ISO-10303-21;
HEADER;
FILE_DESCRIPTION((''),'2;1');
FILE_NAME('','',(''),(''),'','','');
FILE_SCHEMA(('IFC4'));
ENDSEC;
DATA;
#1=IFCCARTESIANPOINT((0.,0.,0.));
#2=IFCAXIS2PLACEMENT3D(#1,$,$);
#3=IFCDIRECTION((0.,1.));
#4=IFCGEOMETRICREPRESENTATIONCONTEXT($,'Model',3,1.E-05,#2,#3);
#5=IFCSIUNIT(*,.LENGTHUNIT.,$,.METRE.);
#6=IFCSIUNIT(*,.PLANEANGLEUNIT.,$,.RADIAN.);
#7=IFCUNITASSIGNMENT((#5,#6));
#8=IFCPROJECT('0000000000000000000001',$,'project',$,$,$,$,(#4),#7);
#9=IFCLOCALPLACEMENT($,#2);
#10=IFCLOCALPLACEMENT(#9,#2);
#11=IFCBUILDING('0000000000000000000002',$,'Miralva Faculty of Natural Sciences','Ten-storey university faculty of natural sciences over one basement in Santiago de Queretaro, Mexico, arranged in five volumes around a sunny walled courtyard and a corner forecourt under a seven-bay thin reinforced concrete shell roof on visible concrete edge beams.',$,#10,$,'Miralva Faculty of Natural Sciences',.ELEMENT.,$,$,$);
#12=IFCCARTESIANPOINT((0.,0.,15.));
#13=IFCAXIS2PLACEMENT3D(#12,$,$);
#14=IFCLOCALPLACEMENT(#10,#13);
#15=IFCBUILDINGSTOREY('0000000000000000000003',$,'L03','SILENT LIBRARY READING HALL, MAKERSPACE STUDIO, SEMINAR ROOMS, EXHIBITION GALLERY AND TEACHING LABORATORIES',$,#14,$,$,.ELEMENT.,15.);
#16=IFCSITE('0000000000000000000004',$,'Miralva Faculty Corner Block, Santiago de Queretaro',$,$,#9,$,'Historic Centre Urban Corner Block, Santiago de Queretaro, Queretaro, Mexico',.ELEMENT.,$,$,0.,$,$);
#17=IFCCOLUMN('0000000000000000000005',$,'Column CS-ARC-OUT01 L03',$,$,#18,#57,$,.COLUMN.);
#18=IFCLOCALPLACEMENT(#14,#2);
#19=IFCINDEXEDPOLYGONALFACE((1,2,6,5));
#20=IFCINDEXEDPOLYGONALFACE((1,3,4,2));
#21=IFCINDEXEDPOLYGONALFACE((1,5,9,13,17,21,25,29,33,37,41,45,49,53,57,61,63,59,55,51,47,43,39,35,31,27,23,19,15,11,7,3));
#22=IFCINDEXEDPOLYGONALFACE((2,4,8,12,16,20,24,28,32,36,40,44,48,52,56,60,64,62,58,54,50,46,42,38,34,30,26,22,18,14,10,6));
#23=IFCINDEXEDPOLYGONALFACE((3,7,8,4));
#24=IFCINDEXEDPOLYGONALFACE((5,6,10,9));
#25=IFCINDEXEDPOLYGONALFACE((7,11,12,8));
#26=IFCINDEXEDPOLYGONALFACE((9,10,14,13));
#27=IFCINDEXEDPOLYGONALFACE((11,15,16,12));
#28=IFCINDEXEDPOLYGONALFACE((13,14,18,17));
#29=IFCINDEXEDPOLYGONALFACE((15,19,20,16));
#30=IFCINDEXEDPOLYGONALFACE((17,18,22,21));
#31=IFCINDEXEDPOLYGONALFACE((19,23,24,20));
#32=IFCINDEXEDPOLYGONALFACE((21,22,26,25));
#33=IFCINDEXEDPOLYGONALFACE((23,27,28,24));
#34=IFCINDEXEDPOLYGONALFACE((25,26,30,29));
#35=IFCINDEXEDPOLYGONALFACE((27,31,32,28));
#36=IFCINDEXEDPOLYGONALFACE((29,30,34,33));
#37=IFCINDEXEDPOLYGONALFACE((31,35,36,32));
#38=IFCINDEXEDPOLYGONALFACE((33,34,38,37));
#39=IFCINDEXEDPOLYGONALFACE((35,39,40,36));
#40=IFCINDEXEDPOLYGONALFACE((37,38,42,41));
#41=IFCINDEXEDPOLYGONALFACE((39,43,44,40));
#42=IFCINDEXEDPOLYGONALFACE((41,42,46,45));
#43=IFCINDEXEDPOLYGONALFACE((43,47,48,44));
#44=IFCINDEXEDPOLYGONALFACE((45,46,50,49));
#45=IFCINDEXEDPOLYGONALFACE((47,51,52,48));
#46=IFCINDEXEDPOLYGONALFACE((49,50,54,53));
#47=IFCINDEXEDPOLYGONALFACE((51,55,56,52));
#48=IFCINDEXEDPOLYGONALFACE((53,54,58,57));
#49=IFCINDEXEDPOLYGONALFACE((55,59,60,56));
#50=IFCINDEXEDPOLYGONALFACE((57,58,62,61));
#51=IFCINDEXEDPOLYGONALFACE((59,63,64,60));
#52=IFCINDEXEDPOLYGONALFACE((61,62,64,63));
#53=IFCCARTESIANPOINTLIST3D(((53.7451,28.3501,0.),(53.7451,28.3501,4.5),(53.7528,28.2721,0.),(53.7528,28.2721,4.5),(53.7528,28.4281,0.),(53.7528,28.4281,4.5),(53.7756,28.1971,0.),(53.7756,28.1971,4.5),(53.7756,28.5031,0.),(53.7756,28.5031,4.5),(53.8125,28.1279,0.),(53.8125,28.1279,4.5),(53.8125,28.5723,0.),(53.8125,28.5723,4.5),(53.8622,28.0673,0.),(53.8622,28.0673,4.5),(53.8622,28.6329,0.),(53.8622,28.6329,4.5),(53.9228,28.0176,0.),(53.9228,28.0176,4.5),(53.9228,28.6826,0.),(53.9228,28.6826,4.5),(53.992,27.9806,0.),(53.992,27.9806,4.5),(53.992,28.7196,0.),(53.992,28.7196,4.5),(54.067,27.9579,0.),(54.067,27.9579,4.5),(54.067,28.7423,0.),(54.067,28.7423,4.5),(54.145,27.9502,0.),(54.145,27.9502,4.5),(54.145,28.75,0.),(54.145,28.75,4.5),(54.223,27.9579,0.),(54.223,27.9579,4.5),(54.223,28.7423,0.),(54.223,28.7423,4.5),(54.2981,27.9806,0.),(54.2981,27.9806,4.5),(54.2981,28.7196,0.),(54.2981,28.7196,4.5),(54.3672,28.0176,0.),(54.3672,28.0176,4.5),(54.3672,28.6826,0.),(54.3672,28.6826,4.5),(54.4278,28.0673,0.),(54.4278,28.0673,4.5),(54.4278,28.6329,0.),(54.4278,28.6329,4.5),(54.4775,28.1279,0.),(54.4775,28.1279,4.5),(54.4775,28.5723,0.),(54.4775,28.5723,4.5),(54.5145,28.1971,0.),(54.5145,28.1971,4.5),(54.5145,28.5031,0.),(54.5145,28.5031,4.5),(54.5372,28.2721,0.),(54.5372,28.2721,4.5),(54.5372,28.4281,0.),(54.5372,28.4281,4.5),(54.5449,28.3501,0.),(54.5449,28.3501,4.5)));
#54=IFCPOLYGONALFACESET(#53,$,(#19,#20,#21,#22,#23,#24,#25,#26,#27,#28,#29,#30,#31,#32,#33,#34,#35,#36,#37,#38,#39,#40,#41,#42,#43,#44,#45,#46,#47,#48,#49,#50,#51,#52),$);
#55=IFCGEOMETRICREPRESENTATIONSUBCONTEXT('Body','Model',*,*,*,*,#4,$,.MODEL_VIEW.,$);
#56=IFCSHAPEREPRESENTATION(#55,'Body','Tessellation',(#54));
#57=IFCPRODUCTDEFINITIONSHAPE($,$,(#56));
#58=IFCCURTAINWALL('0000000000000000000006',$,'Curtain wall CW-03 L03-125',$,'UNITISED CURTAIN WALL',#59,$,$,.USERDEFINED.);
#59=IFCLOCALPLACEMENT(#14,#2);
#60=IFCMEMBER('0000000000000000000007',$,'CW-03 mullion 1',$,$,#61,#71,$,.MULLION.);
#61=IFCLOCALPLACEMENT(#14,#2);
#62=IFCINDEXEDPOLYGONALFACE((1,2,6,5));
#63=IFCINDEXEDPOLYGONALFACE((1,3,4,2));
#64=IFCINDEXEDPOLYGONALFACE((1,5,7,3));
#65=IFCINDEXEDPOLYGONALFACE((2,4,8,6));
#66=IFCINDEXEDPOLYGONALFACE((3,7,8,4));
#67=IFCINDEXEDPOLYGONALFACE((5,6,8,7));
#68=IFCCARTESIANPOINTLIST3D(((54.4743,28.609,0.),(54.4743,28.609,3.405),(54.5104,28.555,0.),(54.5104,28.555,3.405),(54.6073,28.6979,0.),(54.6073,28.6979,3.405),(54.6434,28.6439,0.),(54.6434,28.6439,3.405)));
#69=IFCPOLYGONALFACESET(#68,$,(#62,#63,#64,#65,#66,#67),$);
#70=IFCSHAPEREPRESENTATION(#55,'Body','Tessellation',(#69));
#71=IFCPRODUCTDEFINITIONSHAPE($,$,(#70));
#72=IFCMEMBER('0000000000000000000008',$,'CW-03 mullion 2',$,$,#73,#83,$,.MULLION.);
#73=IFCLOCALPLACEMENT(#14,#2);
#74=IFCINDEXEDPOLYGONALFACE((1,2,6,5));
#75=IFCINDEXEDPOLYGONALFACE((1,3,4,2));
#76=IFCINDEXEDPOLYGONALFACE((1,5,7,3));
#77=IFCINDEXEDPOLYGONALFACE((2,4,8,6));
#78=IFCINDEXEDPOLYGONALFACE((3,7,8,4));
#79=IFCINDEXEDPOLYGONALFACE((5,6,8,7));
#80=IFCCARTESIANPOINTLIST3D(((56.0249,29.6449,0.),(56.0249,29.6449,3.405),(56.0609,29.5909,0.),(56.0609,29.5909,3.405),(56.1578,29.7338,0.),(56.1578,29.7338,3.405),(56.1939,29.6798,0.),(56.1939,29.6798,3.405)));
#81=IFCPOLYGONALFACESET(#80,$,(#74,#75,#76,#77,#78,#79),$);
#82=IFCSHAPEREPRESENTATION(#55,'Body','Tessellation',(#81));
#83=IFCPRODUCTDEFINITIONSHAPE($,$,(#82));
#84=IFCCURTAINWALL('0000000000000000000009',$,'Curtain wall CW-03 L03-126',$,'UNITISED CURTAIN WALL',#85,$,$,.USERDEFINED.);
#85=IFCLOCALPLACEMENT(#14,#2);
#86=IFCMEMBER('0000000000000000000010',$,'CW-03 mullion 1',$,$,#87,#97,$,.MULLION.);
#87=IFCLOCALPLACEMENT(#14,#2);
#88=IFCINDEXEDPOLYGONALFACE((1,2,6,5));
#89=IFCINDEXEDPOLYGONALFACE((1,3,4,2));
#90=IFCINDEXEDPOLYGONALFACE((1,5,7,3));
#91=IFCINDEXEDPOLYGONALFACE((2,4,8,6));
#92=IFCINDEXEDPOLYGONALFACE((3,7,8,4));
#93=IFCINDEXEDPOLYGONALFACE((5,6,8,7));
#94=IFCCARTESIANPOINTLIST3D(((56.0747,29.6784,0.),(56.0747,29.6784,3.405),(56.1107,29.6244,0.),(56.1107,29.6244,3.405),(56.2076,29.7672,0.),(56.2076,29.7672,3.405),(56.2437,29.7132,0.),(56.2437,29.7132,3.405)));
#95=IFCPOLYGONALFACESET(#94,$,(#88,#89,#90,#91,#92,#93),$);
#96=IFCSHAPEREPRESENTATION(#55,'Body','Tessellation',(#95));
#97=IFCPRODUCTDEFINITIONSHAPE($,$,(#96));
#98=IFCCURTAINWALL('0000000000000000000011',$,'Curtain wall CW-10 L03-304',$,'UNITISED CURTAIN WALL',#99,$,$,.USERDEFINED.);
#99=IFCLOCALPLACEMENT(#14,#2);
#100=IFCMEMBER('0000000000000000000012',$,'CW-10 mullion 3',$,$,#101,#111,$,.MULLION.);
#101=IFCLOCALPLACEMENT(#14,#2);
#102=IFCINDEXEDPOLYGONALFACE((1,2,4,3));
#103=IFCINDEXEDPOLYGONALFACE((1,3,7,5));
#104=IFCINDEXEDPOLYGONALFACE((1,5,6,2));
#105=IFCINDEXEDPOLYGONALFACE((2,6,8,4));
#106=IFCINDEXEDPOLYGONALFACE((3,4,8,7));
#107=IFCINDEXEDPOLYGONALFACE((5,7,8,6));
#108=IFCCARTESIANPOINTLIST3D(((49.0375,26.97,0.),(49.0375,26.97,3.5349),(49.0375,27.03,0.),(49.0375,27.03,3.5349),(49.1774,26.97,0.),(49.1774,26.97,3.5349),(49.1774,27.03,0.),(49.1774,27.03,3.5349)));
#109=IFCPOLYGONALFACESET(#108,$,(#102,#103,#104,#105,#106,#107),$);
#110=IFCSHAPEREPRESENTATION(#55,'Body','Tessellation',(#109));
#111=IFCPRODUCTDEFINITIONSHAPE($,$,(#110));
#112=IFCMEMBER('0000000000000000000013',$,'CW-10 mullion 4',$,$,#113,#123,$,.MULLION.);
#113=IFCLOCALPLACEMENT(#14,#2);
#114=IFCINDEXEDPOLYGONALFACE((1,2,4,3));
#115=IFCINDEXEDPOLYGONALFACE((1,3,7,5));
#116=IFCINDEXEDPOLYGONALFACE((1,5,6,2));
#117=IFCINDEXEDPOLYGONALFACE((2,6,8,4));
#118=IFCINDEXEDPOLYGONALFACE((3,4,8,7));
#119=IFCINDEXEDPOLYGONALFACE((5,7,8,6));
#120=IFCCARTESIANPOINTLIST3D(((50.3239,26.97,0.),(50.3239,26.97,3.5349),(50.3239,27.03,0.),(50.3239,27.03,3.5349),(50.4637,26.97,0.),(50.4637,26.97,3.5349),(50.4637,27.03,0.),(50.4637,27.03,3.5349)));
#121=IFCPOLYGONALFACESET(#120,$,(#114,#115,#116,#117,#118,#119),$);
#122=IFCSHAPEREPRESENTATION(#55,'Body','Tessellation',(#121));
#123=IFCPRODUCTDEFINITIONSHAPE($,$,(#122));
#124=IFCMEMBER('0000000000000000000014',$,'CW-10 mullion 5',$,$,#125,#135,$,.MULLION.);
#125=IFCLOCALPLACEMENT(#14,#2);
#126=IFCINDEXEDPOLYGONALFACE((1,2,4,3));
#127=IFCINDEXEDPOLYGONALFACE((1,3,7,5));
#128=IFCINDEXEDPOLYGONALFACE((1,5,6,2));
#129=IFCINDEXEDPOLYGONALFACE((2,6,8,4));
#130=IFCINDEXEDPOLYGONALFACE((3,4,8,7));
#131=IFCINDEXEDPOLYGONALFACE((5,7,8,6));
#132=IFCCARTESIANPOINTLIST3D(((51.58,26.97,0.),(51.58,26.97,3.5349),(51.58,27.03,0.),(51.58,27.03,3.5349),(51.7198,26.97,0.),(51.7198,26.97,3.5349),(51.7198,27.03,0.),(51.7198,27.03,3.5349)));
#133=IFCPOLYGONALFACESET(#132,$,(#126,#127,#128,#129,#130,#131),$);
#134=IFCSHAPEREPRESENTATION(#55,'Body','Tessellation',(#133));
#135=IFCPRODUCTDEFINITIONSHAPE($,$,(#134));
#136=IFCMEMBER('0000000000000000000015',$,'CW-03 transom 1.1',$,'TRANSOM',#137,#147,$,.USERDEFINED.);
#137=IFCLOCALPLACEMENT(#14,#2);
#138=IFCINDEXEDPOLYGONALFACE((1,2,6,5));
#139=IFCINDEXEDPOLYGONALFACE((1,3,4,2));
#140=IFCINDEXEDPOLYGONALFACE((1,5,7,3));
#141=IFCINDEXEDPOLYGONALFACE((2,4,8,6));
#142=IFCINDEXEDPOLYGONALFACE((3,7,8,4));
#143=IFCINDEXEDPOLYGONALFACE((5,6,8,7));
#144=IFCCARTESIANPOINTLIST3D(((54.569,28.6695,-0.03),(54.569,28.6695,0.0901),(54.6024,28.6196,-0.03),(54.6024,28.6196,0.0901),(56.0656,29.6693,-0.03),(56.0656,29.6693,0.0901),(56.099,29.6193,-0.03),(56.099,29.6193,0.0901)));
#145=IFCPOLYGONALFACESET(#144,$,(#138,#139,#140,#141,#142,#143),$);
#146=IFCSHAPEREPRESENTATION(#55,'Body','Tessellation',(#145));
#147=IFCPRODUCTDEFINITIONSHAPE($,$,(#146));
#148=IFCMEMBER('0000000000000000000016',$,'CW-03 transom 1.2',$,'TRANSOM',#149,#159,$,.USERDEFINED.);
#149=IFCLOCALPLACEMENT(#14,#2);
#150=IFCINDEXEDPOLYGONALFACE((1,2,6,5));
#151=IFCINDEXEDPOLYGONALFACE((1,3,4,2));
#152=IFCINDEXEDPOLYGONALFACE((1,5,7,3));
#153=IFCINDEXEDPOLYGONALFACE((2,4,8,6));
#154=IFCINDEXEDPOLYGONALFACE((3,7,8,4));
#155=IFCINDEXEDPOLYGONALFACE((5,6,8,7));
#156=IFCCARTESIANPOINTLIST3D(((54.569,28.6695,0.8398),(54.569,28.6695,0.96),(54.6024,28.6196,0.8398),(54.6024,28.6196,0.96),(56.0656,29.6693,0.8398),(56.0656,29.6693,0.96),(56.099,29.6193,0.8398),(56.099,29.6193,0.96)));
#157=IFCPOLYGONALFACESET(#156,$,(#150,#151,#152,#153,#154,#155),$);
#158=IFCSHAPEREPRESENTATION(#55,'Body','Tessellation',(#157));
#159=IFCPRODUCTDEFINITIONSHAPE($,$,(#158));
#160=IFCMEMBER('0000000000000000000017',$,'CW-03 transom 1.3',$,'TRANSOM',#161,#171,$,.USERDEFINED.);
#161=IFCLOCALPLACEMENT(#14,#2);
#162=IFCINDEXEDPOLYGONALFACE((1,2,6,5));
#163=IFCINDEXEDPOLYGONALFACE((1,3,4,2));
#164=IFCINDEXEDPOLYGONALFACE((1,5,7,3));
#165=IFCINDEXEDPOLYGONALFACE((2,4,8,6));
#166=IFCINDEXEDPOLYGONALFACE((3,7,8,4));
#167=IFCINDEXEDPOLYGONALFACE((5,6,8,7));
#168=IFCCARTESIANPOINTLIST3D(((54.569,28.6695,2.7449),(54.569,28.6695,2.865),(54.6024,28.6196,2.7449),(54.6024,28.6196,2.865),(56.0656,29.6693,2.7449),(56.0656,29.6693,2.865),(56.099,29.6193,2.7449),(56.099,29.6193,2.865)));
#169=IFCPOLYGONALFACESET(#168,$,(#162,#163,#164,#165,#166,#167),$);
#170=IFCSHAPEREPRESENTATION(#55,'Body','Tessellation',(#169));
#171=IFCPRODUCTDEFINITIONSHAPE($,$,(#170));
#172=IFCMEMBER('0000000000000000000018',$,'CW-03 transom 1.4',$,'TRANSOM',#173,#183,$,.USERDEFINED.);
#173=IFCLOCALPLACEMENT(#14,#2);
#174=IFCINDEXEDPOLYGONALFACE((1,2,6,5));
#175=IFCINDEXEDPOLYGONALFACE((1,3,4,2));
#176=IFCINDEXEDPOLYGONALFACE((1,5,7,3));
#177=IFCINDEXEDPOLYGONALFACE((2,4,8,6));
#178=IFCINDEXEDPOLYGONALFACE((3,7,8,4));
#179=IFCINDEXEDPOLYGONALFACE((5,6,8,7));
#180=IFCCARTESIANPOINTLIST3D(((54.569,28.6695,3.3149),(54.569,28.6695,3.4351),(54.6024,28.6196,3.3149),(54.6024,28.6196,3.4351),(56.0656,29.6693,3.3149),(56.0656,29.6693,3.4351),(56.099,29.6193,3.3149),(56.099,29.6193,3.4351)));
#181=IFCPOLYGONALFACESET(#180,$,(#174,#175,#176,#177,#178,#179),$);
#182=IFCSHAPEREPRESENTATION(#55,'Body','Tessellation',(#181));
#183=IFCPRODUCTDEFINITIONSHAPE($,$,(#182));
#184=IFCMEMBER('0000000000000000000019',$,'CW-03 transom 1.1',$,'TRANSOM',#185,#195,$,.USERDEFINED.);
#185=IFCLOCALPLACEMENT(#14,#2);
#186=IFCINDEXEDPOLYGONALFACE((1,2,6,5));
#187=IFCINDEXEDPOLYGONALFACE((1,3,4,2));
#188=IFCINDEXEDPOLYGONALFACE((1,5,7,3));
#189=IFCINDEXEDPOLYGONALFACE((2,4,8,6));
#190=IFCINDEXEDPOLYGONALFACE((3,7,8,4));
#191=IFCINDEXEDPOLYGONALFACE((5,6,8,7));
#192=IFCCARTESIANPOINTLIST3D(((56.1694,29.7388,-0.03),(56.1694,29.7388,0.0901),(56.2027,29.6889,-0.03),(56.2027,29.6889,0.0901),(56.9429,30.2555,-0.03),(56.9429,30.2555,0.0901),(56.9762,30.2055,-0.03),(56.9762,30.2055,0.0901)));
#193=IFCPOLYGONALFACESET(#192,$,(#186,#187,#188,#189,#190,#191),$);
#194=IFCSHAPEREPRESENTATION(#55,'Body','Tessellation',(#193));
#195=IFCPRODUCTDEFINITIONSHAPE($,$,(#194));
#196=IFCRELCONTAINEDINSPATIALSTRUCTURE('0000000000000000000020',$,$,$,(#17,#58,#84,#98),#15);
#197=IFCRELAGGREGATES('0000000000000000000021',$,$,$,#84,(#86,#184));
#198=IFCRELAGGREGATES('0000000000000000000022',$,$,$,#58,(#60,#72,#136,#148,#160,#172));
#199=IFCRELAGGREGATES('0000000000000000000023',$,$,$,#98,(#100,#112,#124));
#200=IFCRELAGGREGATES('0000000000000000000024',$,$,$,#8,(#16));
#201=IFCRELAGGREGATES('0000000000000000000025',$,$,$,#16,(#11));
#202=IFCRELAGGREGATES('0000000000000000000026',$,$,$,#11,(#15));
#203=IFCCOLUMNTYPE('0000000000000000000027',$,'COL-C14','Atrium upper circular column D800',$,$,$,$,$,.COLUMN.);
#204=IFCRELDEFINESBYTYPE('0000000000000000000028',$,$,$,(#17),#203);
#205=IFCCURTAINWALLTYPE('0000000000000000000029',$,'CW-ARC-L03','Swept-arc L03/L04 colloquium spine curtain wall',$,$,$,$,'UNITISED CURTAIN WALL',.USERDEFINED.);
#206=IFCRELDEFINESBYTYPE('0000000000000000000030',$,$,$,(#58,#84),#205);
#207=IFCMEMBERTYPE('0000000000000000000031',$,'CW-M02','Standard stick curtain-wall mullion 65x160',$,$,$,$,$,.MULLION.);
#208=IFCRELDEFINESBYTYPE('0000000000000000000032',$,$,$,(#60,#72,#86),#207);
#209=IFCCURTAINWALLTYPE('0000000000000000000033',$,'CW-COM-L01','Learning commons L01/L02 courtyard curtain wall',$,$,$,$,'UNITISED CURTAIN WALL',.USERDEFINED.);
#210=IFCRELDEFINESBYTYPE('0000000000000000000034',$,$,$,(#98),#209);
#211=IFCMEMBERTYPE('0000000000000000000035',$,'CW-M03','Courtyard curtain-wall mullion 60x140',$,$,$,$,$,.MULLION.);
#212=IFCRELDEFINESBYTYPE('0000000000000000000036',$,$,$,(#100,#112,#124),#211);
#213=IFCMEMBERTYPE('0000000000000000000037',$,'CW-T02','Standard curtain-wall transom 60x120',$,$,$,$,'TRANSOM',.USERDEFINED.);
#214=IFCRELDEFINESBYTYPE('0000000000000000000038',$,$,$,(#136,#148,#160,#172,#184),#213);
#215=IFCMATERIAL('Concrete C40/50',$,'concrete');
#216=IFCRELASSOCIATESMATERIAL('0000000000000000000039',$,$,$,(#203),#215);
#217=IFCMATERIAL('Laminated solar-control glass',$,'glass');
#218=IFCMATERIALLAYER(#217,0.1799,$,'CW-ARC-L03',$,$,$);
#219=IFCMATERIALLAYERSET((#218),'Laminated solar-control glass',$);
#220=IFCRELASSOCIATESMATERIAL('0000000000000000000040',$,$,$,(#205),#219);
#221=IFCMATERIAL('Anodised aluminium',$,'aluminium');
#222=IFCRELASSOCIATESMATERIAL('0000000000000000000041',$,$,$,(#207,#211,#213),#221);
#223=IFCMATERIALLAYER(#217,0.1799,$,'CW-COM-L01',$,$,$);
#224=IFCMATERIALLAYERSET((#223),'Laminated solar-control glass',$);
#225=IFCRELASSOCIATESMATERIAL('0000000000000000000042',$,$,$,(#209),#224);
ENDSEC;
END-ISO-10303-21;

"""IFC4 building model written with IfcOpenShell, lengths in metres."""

from ifc_helpers import new_model, si_unit, direction, frame, origin, origin_2d, place, context, subcontext, project, spatial, rectangle, circle, extrude, material, layer, layer_set, material_profile, profile_set, type_object, element, aggregate, save


model = new_model("IFC4")

# Units and contexts
model_context = context("Model", 3, precision=1e-05, world=origin(), true_north=direction((0.0, 1.0)))
body_context = subcontext(model_context, "Body", "Model", "MODEL_VIEW")
ifc_project = project(units=[si_unit("LENGTHUNIT", "METRE"), si_unit("PLANEANGLEUNIT", "RADIAN")], contexts=[model_context])

# Site, building, storey
site_placement = place(None, origin())
site = spatial("IfcSite", under=ifc_project, at=site_placement, Name="Miralva Faculty Corner Block, Santiago de Queretaro", LongName="Historic Centre Urban Corner Block, Santiago de Queretaro, Queretaro, Mexico", CompositionType="ELEMENT", RefElevation=0.0)
building_placement = place(site_placement, origin())
building = spatial("IfcBuilding", under=site, at=building_placement, Name="Miralva Faculty of Natural Sciences", Description="Ten-storey university faculty of natural sciences over one basement in Santiago de Queretaro, Mexico, arranged in five volumes around a sunny walled courtyard and a corner forecourt under a seven-bay thin reinforced concrete shell roof on visible concrete edge beams.", LongName="Miralva Faculty of Natural Sciences", CompositionType="ELEMENT")
storey_placement = place(building_placement, frame((0.0, 0.0, 15.0)))
storey = spatial("IfcBuildingStorey", under=building, at=storey_placement, Name="L03", Description="SILENT LIBRARY READING HALL, MAKERSPACE STUDIO, SEMINAR ROOMS, EXHIBITION GALLERY AND TEACHING LABORATORIES", CompositionType="ELEMENT", Elevation=15.0)

# Column
ifc_material_1 = material(Name="Concrete C40/50", Category="concrete")
ifc_material_profile_1 = material_profile(ifc_material_1, circle(Radius=0.3999, at=origin_2d()), Name="RC DIA 800")
ifc_profile_set_1 = profile_set([ifc_material_profile_1], Name="Concrete C40/50")
column_type = type_object("IfcColumnType", Name="COL-C14", Description="Atrium upper circular column D800", PredefinedType="COLUMN", material=ifc_profile_set_1)
column_placement = place(storey_placement, frame((54.145, 28.3501, 0.0), z_axis=(0.0, 0.0, 1.0), x_axis=(1.0, 0.0, 0.0)))
element("IfcColumn", 1, at=column_placement, inside=storey, type_object=column_type, Name="Column CS-ARC-OUT01 L03", PredefinedType="COLUMN", context=body_context, shape_type="SweptSolid", body=[
    extrude(circle(Radius=0.3999, at=origin_2d()), origin(), (0.0, 0.0, 1.0), 4.5),
])

# Curtain wall, members
ifc_material_2 = material(Name="Laminated solar-control glass", Category="glass")
ifc_layer_1 = layer(ifc_material_2, 0.1799, Name="CW-ARC-L03")
ifc_layer_set_1 = layer_set([ifc_layer_1], Name="Laminated solar-control glass")
curtain_wall_type_1 = type_object("IfcCurtainWallType", Name="CW-ARC-L03", Description="Swept-arc L03/L04 colloquium spine curtain wall", ElementType="UNITISED CURTAIN WALL", PredefinedType="USERDEFINED", material=ifc_layer_set_1)
curtain_wall_1_placement = place(storey_placement, origin())
curtain_wall_1 = element("IfcCurtainWall", 2, at=curtain_wall_1_placement, inside=storey, type_object=curtain_wall_type_1, Name="Curtain wall CW-03 L03-125", ObjectType="UNITISED CURTAIN WALL", PredefinedType="USERDEFINED")
ifc_material_3 = material(Name="Anodised aluminium", Category="aluminium")
ifc_material_profile_2 = material_profile(ifc_material_3, rectangle(XDim=0.0649, YDim=0.1599, at=origin_2d()), Name="MULLION 65x160")
ifc_profile_set_2 = profile_set([ifc_material_profile_2], Name="Anodised aluminium")
member_type_1 = type_object("IfcMemberType", Name="CW-M02", Description="Standard stick curtain-wall mullion 65x160", PredefinedType="MULLION", material=ifc_profile_set_2)
member_1_placement = place(storey_placement, frame((54.5588, 28.6265, 0.0), z_axis=(0.0, 0.0, 1.0), x_axis=(-0.555549, 0.831484, 0.0)))
member_1 = element("IfcMember", 3, at=member_1_placement, type_object=member_type_1, Name="CW-03 mullion 1", PredefinedType="MULLION", context=body_context, shape_type="SweptSolid", body=[
    extrude(rectangle(XDim=0.0649, YDim=0.1599, at=origin_2d()), origin(), (0.0, 0.0, 1.0), 3.405),
])
member_2_placement = place(storey_placement, frame((56.1094, 29.6624, 0.0), z_axis=(0.0, 0.0, 1.0), x_axis=(-0.555549, 0.831484, 0.0)))
member_2 = element("IfcMember", 4, at=member_2_placement, type_object=member_type_1, Name="CW-03 mullion 2", PredefinedType="MULLION", context=body_context, shape_type="SweptSolid", body=[
    extrude(rectangle(XDim=0.0649, YDim=0.1599, at=origin_2d()), origin(), (0.0, 0.0, 1.0), 3.405),
])

# Curtain wall, member
curtain_wall_2_placement = place(storey_placement, origin())
curtain_wall_2 = element("IfcCurtainWall", 5, at=curtain_wall_2_placement, inside=storey, type_object=curtain_wall_type_1, Name="Curtain wall CW-03 L03-126", ObjectType="UNITISED CURTAIN WALL", PredefinedType="USERDEFINED")
member_3_placement = place(storey_placement, frame((56.1592, 29.6958, 0.0), z_axis=(0.0, 0.0, 1.0), x_axis=(-0.555587, 0.831458, 0.0)))
member_3 = element("IfcMember", 6, at=member_3_placement, type_object=member_type_1, Name="CW-03 mullion 1", PredefinedType="MULLION", context=body_context, shape_type="SweptSolid", body=[
    extrude(rectangle(XDim=0.0649, YDim=0.1599, at=origin_2d()), origin(), (0.0, 0.0, 1.0), 3.405),
])

# Curtain wall, members
ifc_layer_2 = layer(ifc_material_2, 0.1799, Name="CW-COM-L01")
ifc_layer_set_2 = layer_set([ifc_layer_2], Name="Laminated solar-control glass")
curtain_wall_type_2 = type_object("IfcCurtainWallType", Name="CW-COM-L01", Description="Learning commons L01/L02 courtyard curtain wall", ElementType="UNITISED CURTAIN WALL", PredefinedType="USERDEFINED", material=ifc_layer_set_2)
curtain_wall_3_placement = place(storey_placement, origin())
curtain_wall_3 = element("IfcCurtainWall", 7, at=curtain_wall_3_placement, inside=storey, type_object=curtain_wall_type_2, Name="Curtain wall CW-10 L03-304", ObjectType="UNITISED CURTAIN WALL", PredefinedType="USERDEFINED")
ifc_material_profile_3 = material_profile(ifc_material_3, rectangle(XDim=0.0601, YDim=0.1399, at=origin_2d()), Name="MULLION 60x140")
ifc_profile_set_3 = profile_set([ifc_material_profile_3], Name="Anodised aluminium")
member_type_2 = type_object("IfcMemberType", Name="CW-M03", Description="Courtyard curtain-wall mullion 60x140", PredefinedType="MULLION", material=ifc_profile_set_3)
member_4_placement = place(storey_placement, frame((49.1074, 27.0, 0.0), z_axis=(0.0, 0.0, 1.0), x_axis=(0.0, 1.0, 0.0)))
member_4 = element("IfcMember", 8, at=member_4_placement, type_object=member_type_2, Name="CW-10 mullion 3", PredefinedType="MULLION", context=body_context, shape_type="SweptSolid", body=[
    extrude(rectangle(XDim=0.0601, YDim=0.1399, at=origin_2d()), origin(), (0.0, 0.0, 1.0), 3.5349),
])
member_5_placement = place(storey_placement, frame((50.3938, 27.0, 0.0), z_axis=(0.0, 0.0, 1.0), x_axis=(0.0, 1.0, 0.0)))
member_5 = element("IfcMember", 9, at=member_5_placement, type_object=member_type_2, Name="CW-10 mullion 4", PredefinedType="MULLION", context=body_context, shape_type="SweptSolid", body=[
    extrude(rectangle(XDim=0.0601, YDim=0.1399, at=origin_2d()), origin(), (0.0, 0.0, 1.0), 3.5349),
])
member_6_placement = place(storey_placement, frame((51.6499, 27.0, 0.0), z_axis=(0.0, 0.0, 1.0), x_axis=(0.0, 1.0, 0.0)))
member_6 = element("IfcMember", 10, at=member_6_placement, type_object=member_type_2, Name="CW-10 mullion 5", PredefinedType="MULLION", context=body_context, shape_type="SweptSolid", body=[
    extrude(rectangle(XDim=0.0601, YDim=0.1399, at=origin_2d()), origin(), (0.0, 0.0, 1.0), 3.5349),
])

# Members
ifc_material_profile_4 = material_profile(ifc_material_3, rectangle(XDim=0.0601, YDim=0.1201, at=origin_2d()), Name="TRANSOM 60x120")
ifc_profile_set_4 = profile_set([ifc_material_profile_4], Name="Anodised aluminium")
member_type_3 = type_object("IfcMemberType", Name="CW-T02", Description="Standard curtain-wall transom 60x120", ElementType="TRANSOM", PredefinedType="USERDEFINED", material=ifc_profile_set_4)
member_7_placement = place(storey_placement, frame((54.5857, 28.6445, 0.03), z_axis=(0.831528, 0.555483, 0.0), x_axis=(-0.555483, 0.831528, 0.0)))
member_7 = element("IfcMember", 11, at=member_7_placement, type_object=member_type_3, Name="CW-03 transom 1.1", ObjectType="TRANSOM", PredefinedType="USERDEFINED", context=body_context, shape_type="SweptSolid", body=[
    extrude(rectangle(XDim=0.0601, YDim=0.1201, at=origin_2d()), origin(), (0.0, 0.0, 1.0), 1.7998),
])
member_8_placement = place(storey_placement, frame((54.5857, 28.6445, 0.8999), z_axis=(0.831528, 0.555483, 0.0), x_axis=(-0.555483, 0.831528, 0.0)))
member_8 = element("IfcMember", 12, at=member_8_placement, type_object=member_type_3, Name="CW-03 transom 1.2", ObjectType="TRANSOM", PredefinedType="USERDEFINED", context=body_context, shape_type="SweptSolid", body=[
    extrude(rectangle(XDim=0.0601, YDim=0.1201, at=origin_2d()), origin(), (0.0, 0.0, 1.0), 1.7998),
])
member_9_placement = place(storey_placement, frame((54.5857, 28.6445, 2.8049), z_axis=(0.831528, 0.555483, 0.0), x_axis=(-0.555483, 0.831528, 0.0)))
member_9 = element("IfcMember", 13, at=member_9_placement, type_object=member_type_3, Name="CW-03 transom 1.3", ObjectType="TRANSOM", PredefinedType="USERDEFINED", context=body_context, shape_type="SweptSolid", body=[
    extrude(rectangle(XDim=0.0601, YDim=0.1201, at=origin_2d()), origin(), (0.0, 0.0, 1.0), 1.7998),
])
member_10_placement = place(storey_placement, frame((54.5857, 28.6445, 3.375), z_axis=(0.831528, 0.555483, 0.0), x_axis=(-0.555483, 0.831528, 0.0)))
member_10 = element("IfcMember", 14, at=member_10_placement, type_object=member_type_3, Name="CW-03 transom 1.4", ObjectType="TRANSOM", PredefinedType="USERDEFINED", context=body_context, shape_type="SweptSolid", body=[
    extrude(rectangle(XDim=0.0601, YDim=0.1201, at=origin_2d()), origin(), (0.0, 0.0, 1.0), 1.7998),
])
member_11_placement = place(storey_placement, frame((56.186, 29.7139, 0.03), z_axis=(0.831565, 0.555427, 0.0), x_axis=(-0.555427, 0.831565, 0.0)))
member_11 = element("IfcMember", 15, at=member_11_placement, type_object=member_type_3, Name="CW-03 transom 1.1", ObjectType="TRANSOM", PredefinedType="USERDEFINED", context=body_context, shape_type="SweptSolid", body=[
    extrude(rectangle(XDim=0.0601, YDim=0.1201, at=origin_2d()), origin(), (0.0, 0.0, 1.0), 0.9302),
])
aggregate(curtain_wall_2, [member_3, member_11])

aggregate(curtain_wall_1, [member_1, member_2, member_7, member_8, member_9, member_10])
aggregate(curtain_wall_3, [member_4, member_5, member_6])

save(model, "model.ifc")
